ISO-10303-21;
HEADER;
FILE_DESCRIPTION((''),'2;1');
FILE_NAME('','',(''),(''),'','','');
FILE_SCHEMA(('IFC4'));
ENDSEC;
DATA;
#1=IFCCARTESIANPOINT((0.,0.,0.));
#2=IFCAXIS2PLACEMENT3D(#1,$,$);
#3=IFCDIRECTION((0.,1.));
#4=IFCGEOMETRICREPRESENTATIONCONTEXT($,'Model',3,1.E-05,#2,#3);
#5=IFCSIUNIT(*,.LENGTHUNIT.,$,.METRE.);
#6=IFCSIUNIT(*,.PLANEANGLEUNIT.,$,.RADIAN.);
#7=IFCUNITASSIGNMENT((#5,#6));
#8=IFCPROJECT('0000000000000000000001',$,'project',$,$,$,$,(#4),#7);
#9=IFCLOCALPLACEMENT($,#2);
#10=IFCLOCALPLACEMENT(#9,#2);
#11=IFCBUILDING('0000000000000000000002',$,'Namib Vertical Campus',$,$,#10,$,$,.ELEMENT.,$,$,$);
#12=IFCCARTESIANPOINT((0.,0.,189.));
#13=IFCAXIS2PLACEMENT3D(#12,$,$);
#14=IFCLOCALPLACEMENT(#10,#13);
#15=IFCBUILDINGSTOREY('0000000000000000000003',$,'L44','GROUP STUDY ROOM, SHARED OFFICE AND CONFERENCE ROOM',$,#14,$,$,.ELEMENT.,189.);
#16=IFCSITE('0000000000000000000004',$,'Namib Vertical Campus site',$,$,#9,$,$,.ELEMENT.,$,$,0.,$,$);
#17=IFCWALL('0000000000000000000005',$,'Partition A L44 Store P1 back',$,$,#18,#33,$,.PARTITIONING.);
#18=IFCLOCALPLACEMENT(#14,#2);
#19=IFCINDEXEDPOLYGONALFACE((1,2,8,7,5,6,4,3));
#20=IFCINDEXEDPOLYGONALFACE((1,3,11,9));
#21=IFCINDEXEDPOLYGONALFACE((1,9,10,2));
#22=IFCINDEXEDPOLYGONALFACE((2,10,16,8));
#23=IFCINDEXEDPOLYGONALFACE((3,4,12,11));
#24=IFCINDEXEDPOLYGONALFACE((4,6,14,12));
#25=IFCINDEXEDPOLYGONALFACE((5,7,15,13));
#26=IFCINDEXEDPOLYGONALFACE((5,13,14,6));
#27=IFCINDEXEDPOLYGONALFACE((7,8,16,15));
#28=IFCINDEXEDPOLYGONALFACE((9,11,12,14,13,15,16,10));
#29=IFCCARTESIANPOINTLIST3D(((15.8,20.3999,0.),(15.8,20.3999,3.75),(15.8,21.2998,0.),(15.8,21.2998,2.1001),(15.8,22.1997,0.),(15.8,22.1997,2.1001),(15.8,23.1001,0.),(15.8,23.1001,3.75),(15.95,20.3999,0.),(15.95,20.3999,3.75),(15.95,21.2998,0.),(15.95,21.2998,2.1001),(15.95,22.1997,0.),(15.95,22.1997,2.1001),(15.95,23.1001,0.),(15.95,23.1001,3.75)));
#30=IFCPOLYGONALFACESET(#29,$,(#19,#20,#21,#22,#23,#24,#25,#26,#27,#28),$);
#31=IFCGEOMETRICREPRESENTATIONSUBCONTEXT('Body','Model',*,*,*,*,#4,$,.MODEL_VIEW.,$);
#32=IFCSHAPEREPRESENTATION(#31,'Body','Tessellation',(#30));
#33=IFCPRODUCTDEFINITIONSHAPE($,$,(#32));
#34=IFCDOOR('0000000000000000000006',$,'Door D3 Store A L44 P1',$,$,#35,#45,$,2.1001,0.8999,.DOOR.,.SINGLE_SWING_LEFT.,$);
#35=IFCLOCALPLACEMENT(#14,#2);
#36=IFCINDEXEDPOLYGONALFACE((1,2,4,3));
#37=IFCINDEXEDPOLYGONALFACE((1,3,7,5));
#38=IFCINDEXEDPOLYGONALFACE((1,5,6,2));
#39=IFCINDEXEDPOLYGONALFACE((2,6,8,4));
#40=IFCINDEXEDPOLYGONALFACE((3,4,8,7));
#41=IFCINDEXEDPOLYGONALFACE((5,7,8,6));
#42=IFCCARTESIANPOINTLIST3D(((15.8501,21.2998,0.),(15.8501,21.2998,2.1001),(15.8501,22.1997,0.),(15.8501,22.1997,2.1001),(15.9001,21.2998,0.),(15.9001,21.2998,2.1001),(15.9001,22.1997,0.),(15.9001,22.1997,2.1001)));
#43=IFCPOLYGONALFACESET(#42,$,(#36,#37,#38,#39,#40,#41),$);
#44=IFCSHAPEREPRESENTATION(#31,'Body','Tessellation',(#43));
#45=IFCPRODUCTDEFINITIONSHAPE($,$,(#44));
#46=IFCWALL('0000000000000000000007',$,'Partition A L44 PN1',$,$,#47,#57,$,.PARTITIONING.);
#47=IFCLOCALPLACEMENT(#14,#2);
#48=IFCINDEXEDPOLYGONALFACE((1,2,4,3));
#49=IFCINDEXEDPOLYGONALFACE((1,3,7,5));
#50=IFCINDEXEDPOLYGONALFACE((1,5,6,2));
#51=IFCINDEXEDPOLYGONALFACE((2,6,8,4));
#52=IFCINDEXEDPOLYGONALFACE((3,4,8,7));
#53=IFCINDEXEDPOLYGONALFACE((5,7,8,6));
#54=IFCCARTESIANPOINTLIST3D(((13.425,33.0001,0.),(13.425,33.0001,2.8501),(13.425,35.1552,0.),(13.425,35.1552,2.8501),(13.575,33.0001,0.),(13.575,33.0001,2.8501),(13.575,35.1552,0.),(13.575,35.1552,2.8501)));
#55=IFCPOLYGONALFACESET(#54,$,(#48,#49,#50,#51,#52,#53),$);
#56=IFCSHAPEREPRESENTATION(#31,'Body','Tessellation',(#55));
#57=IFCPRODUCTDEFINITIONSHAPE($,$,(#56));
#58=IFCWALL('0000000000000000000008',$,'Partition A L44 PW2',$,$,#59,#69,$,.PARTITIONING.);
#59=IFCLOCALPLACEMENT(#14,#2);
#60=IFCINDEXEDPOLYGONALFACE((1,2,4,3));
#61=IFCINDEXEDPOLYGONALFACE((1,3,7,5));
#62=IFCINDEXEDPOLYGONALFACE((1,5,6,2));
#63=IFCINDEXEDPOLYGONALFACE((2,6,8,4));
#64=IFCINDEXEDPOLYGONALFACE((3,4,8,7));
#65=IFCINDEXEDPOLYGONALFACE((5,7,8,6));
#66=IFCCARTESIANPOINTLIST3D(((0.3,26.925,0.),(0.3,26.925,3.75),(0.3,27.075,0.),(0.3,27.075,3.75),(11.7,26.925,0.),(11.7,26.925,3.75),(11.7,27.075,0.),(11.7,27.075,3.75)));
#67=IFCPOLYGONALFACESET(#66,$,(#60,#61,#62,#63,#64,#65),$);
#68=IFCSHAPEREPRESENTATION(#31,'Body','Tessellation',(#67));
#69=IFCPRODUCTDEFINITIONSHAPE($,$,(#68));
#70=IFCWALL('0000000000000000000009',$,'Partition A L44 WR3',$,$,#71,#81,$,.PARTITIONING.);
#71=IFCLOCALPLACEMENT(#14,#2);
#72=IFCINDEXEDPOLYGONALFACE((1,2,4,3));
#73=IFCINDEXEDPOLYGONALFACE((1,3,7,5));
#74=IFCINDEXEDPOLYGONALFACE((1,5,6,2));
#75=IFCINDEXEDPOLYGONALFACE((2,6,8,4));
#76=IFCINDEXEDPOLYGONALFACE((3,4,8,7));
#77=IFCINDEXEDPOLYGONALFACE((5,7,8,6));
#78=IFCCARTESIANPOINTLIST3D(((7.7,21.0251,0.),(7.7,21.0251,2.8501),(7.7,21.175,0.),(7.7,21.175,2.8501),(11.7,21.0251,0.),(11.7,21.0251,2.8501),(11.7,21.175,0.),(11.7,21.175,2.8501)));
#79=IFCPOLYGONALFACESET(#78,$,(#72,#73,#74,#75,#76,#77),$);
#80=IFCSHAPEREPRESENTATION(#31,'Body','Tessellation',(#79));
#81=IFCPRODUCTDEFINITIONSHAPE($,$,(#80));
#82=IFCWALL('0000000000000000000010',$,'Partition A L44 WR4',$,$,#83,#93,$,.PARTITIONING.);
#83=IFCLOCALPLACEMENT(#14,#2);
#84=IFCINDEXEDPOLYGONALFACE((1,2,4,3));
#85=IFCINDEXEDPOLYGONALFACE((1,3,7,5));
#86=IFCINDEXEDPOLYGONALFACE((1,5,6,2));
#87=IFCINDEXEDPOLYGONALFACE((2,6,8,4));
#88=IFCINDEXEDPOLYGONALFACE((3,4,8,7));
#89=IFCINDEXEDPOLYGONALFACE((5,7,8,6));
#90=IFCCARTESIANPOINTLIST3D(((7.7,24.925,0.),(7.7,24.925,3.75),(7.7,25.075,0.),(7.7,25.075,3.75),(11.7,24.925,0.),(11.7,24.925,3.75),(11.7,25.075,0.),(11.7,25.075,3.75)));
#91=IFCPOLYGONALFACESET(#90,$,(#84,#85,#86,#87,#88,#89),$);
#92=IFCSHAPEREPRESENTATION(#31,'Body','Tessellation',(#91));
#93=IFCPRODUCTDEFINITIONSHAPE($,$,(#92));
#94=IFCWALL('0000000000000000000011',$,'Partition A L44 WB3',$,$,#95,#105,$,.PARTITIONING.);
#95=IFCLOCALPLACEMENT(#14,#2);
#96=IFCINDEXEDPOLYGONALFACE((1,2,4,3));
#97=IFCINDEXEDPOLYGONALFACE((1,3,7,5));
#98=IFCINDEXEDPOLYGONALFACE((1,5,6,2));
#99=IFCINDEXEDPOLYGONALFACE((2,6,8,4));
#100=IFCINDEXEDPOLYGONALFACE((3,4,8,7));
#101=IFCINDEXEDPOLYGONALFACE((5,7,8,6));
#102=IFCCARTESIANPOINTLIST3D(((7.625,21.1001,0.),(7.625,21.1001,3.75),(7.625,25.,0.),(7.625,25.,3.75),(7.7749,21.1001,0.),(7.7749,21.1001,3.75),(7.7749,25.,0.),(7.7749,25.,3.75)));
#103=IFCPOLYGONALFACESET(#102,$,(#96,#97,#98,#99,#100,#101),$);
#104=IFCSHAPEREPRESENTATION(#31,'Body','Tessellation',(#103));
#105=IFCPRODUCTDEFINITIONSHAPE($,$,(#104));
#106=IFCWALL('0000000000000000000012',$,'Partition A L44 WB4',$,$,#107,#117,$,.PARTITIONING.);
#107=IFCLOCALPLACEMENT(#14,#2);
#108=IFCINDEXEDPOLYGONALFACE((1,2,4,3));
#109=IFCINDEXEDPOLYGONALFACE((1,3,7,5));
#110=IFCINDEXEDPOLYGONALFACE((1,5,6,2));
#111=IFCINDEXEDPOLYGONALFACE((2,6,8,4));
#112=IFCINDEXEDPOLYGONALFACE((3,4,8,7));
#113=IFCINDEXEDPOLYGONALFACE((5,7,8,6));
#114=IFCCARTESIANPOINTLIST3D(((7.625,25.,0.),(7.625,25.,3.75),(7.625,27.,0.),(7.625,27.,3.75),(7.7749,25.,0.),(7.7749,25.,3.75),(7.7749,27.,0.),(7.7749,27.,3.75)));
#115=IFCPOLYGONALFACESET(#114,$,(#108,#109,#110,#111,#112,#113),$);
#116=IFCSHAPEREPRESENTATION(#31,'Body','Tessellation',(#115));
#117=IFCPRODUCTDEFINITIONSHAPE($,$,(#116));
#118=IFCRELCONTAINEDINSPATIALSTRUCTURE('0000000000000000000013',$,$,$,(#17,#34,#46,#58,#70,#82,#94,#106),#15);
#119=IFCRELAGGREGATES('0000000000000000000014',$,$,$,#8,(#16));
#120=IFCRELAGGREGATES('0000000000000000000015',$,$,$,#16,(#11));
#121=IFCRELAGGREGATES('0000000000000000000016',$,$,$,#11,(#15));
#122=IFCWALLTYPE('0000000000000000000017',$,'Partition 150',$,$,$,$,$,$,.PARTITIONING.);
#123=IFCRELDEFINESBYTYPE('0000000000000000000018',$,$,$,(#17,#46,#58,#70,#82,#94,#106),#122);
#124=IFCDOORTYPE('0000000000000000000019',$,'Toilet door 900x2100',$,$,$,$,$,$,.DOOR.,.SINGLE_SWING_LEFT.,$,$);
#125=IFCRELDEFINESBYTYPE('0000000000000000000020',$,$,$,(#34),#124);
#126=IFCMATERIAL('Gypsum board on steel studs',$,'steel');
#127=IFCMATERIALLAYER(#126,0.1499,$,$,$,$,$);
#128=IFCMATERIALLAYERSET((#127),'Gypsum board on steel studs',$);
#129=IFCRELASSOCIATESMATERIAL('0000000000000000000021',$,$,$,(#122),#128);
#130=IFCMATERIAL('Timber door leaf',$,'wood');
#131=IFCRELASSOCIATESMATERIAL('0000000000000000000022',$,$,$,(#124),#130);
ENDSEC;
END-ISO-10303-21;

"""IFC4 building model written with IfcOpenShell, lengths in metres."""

from ifc_helpers import new_model, si_unit, direction, frame, frame_2d, origin, place, context, subcontext, project, spatial, rectangle, extrude, material, layer, layer_set, type_object, element, fill, save


model = new_model("IFC4")

# Units and contexts
model_context = context("Model", 3, precision=1e-05, world=origin(), true_north=direction((0.0, 1.0)))
body_context = subcontext(model_context, "Body", "Model", "MODEL_VIEW")
ifc_project = project(units=[si_unit("LENGTHUNIT", "METRE"), si_unit("PLANEANGLEUNIT", "RADIAN")], contexts=[model_context])

# Site, building, storey
site_placement = place(None, origin())
site = spatial("IfcSite", under=ifc_project, at=site_placement, Name="Namib Vertical Campus site", CompositionType="ELEMENT", RefElevation=0.0)
building_placement = place(site_placement, origin())
building = spatial("IfcBuilding", under=site, at=building_placement, Name="Namib Vertical Campus", CompositionType="ELEMENT")
storey_placement = place(building_placement, frame((0.0, 0.0, 189.0)))
storey = spatial("IfcBuildingStorey", under=building, at=storey_placement, Name="L44", Description="GROUP STUDY ROOM, SHARED OFFICE AND CONFERENCE ROOM", CompositionType="ELEMENT", Elevation=189.0)

# Wall, opening, door
ifc_material_1 = material(Name="Gypsum board on steel studs", Category="steel")
ifc_layer_1 = layer(ifc_material_1, 0.1499)
ifc_layer_set_1 = layer_set([ifc_layer_1], Name="Gypsum board on steel studs")
wall_type_1 = type_object("IfcWallType", Name="Partition 150", PredefinedType="PARTITIONING", material=ifc_layer_set_1)
wall_1_placement = place(storey_placement, frame((15.875, 20.3999, 0.0), z_axis=(0.0, 0.0, 1.0), x_axis=(0.0, 1.0, 0.0)))
wall_1 = element("IfcWall", 1, at=wall_1_placement, inside=storey, type_object=wall_type_1, Name="Partition A L44 Store P1 back", PredefinedType="PARTITIONING", context=body_context, shape_type="SweptSolid", body=[
    extrude(rectangle(XDim=2.7002, YDim=0.1499, at=frame_2d((1.3501, 0.0))), origin(), (0.0, 0.0, 1.0), 3.75),
])
opening_1_placement = place(wall_1_placement, frame((0.8999, 0.0, 0.0)))
opening_1 = element("IfcOpeningElement", 2, at=opening_1_placement, cuts=wall_1, PredefinedType="OPENING", context=body_context, shape_type="SweptSolid", body=[
    extrude(rectangle(XDim=0.8999, YDim=2.1001, at=frame_2d((0.45, 1.05))), frame((0.0, 0.085, 0.0), z_axis=(0.0, -1.0, 0.0), x_axis=(1.0, 0.0, 0.0)), (0.0, 0.0, 1.0), 0.1699),
])
ifc_material_2 = material(Name="Timber door leaf", Category="wood")
door_type_1 = type_object("IfcDoorType", Name="Toilet door 900x2100", OperationType="SINGLE_SWING_LEFT", PredefinedType="DOOR", material=ifc_material_2)
door_1_placement = place(opening_1_placement, origin())
door_1 = element("IfcDoor", 3, at=door_1_placement, inside=storey, type_object=door_type_1, Name="Door D3 Store A L44 P1", OperationType="SINGLE_SWING_LEFT", OverallHeight=2.1001, OverallWidth=0.8999, PredefinedType="DOOR", context=body_context, shape_type="SweptSolid", body=[
    extrude(rectangle(XDim=0.8999, YDim=2.1001, at=frame_2d((0.45, 1.05))), frame((0.0, 0.0249, 0.0), z_axis=(0.0, -1.0, 0.0), x_axis=(1.0, 0.0, 0.0)), (0.0, 0.0, 1.0), 0.05),
])
fill(opening_1, door_1)

# Walls
wall_2_placement = place(storey_placement, frame((13.5, 33.0, 0.0), z_axis=(0.0, 0.0, 1.0), x_axis=(0.0, 1.0, 0.0)))
element("IfcWall", 4, at=wall_2_placement, inside=storey, type_object=wall_type_1, Name="Partition A L44 PN1", PredefinedType="PARTITIONING", context=body_context, shape_type="SweptSolid", body=[
    extrude(rectangle(XDim=2.155, YDim=0.1499, at=frame_2d((1.0776, 0.0))), origin(), (0.0, 0.0, 1.0), 2.8501),
])
wall_3_placement = place(storey_placement, frame((0.3, 27.0, 0.0), z_axis=(0.0, 0.0, 1.0), x_axis=(1.0, 0.0, 0.0)))
element("IfcWall", 5, at=wall_3_placement, inside=storey, type_object=wall_type_1, Name="Partition A L44 PW2", PredefinedType="PARTITIONING", context=body_context, shape_type="SweptSolid", body=[
    extrude(rectangle(XDim=11.3999, YDim=0.1499, at=frame_2d((5.7, 0.0))), origin(), (0.0, 0.0, 1.0), 3.75),
])
wall_4_placement = place(storey_placement, frame((11.7, 21.1001, 0.0), z_axis=(0.0, 0.0, 1.0), x_axis=(-1.0, 0.0, 0.0)))
element("IfcWall", 6, at=wall_4_placement, inside=storey, type_object=wall_type_1, Name="Partition A L44 WR3", PredefinedType="PARTITIONING", context=body_context, shape_type="SweptSolid", body=[
    extrude(rectangle(XDim=4.0, YDim=0.1499, at=frame_2d((2.0, 0.0))), origin(), (0.0, 0.0, 1.0), 2.8501),
])
wall_5_placement = place(storey_placement, frame((11.7, 25.0, 0.0), z_axis=(0.0, 0.0, 1.0), x_axis=(-1.0, 0.0, 0.0)))
element("IfcWall", 7, at=wall_5_placement, inside=storey, type_object=wall_type_1, Name="Partition A L44 WR4", PredefinedType="PARTITIONING", context=body_context, shape_type="SweptSolid", body=[
    extrude(rectangle(XDim=4.0, YDim=0.1499, at=frame_2d((2.0, 0.0))), origin(), (0.0, 0.0, 1.0), 3.75),
])
wall_6_placement = place(storey_placement, frame((7.7, 21.1001, 0.0), z_axis=(0.0, 0.0, 1.0), x_axis=(0.0, 1.0, 0.0)))
element("IfcWall", 8, at=wall_6_placement, inside=storey, type_object=wall_type_1, Name="Partition A L44 WB3", PredefinedType="PARTITIONING", context=body_context, shape_type="SweptSolid", body=[
    extrude(rectangle(XDim=3.8999, YDim=0.1499, at=frame_2d((1.95, 0.0))), origin(), (0.0, 0.0, 1.0), 3.75),
])
wall_7_placement = place(storey_placement, frame((7.7, 25.0, 0.0), z_axis=(0.0, 0.0, 1.0), x_axis=(0.0, 1.0, 0.0)))
element("IfcWall", 9, at=wall_7_placement, inside=storey, type_object=wall_type_1, Name="Partition A L44 WB4", PredefinedType="PARTITIONING", context=body_context, shape_type="SweptSolid", body=[
    extrude(rectangle(XDim=2.0, YDim=0.1499, at=frame_2d((1.0, 0.0))), origin(), (0.0, 0.0, 1.0), 3.75),
])

save(model, "model.ifc")
